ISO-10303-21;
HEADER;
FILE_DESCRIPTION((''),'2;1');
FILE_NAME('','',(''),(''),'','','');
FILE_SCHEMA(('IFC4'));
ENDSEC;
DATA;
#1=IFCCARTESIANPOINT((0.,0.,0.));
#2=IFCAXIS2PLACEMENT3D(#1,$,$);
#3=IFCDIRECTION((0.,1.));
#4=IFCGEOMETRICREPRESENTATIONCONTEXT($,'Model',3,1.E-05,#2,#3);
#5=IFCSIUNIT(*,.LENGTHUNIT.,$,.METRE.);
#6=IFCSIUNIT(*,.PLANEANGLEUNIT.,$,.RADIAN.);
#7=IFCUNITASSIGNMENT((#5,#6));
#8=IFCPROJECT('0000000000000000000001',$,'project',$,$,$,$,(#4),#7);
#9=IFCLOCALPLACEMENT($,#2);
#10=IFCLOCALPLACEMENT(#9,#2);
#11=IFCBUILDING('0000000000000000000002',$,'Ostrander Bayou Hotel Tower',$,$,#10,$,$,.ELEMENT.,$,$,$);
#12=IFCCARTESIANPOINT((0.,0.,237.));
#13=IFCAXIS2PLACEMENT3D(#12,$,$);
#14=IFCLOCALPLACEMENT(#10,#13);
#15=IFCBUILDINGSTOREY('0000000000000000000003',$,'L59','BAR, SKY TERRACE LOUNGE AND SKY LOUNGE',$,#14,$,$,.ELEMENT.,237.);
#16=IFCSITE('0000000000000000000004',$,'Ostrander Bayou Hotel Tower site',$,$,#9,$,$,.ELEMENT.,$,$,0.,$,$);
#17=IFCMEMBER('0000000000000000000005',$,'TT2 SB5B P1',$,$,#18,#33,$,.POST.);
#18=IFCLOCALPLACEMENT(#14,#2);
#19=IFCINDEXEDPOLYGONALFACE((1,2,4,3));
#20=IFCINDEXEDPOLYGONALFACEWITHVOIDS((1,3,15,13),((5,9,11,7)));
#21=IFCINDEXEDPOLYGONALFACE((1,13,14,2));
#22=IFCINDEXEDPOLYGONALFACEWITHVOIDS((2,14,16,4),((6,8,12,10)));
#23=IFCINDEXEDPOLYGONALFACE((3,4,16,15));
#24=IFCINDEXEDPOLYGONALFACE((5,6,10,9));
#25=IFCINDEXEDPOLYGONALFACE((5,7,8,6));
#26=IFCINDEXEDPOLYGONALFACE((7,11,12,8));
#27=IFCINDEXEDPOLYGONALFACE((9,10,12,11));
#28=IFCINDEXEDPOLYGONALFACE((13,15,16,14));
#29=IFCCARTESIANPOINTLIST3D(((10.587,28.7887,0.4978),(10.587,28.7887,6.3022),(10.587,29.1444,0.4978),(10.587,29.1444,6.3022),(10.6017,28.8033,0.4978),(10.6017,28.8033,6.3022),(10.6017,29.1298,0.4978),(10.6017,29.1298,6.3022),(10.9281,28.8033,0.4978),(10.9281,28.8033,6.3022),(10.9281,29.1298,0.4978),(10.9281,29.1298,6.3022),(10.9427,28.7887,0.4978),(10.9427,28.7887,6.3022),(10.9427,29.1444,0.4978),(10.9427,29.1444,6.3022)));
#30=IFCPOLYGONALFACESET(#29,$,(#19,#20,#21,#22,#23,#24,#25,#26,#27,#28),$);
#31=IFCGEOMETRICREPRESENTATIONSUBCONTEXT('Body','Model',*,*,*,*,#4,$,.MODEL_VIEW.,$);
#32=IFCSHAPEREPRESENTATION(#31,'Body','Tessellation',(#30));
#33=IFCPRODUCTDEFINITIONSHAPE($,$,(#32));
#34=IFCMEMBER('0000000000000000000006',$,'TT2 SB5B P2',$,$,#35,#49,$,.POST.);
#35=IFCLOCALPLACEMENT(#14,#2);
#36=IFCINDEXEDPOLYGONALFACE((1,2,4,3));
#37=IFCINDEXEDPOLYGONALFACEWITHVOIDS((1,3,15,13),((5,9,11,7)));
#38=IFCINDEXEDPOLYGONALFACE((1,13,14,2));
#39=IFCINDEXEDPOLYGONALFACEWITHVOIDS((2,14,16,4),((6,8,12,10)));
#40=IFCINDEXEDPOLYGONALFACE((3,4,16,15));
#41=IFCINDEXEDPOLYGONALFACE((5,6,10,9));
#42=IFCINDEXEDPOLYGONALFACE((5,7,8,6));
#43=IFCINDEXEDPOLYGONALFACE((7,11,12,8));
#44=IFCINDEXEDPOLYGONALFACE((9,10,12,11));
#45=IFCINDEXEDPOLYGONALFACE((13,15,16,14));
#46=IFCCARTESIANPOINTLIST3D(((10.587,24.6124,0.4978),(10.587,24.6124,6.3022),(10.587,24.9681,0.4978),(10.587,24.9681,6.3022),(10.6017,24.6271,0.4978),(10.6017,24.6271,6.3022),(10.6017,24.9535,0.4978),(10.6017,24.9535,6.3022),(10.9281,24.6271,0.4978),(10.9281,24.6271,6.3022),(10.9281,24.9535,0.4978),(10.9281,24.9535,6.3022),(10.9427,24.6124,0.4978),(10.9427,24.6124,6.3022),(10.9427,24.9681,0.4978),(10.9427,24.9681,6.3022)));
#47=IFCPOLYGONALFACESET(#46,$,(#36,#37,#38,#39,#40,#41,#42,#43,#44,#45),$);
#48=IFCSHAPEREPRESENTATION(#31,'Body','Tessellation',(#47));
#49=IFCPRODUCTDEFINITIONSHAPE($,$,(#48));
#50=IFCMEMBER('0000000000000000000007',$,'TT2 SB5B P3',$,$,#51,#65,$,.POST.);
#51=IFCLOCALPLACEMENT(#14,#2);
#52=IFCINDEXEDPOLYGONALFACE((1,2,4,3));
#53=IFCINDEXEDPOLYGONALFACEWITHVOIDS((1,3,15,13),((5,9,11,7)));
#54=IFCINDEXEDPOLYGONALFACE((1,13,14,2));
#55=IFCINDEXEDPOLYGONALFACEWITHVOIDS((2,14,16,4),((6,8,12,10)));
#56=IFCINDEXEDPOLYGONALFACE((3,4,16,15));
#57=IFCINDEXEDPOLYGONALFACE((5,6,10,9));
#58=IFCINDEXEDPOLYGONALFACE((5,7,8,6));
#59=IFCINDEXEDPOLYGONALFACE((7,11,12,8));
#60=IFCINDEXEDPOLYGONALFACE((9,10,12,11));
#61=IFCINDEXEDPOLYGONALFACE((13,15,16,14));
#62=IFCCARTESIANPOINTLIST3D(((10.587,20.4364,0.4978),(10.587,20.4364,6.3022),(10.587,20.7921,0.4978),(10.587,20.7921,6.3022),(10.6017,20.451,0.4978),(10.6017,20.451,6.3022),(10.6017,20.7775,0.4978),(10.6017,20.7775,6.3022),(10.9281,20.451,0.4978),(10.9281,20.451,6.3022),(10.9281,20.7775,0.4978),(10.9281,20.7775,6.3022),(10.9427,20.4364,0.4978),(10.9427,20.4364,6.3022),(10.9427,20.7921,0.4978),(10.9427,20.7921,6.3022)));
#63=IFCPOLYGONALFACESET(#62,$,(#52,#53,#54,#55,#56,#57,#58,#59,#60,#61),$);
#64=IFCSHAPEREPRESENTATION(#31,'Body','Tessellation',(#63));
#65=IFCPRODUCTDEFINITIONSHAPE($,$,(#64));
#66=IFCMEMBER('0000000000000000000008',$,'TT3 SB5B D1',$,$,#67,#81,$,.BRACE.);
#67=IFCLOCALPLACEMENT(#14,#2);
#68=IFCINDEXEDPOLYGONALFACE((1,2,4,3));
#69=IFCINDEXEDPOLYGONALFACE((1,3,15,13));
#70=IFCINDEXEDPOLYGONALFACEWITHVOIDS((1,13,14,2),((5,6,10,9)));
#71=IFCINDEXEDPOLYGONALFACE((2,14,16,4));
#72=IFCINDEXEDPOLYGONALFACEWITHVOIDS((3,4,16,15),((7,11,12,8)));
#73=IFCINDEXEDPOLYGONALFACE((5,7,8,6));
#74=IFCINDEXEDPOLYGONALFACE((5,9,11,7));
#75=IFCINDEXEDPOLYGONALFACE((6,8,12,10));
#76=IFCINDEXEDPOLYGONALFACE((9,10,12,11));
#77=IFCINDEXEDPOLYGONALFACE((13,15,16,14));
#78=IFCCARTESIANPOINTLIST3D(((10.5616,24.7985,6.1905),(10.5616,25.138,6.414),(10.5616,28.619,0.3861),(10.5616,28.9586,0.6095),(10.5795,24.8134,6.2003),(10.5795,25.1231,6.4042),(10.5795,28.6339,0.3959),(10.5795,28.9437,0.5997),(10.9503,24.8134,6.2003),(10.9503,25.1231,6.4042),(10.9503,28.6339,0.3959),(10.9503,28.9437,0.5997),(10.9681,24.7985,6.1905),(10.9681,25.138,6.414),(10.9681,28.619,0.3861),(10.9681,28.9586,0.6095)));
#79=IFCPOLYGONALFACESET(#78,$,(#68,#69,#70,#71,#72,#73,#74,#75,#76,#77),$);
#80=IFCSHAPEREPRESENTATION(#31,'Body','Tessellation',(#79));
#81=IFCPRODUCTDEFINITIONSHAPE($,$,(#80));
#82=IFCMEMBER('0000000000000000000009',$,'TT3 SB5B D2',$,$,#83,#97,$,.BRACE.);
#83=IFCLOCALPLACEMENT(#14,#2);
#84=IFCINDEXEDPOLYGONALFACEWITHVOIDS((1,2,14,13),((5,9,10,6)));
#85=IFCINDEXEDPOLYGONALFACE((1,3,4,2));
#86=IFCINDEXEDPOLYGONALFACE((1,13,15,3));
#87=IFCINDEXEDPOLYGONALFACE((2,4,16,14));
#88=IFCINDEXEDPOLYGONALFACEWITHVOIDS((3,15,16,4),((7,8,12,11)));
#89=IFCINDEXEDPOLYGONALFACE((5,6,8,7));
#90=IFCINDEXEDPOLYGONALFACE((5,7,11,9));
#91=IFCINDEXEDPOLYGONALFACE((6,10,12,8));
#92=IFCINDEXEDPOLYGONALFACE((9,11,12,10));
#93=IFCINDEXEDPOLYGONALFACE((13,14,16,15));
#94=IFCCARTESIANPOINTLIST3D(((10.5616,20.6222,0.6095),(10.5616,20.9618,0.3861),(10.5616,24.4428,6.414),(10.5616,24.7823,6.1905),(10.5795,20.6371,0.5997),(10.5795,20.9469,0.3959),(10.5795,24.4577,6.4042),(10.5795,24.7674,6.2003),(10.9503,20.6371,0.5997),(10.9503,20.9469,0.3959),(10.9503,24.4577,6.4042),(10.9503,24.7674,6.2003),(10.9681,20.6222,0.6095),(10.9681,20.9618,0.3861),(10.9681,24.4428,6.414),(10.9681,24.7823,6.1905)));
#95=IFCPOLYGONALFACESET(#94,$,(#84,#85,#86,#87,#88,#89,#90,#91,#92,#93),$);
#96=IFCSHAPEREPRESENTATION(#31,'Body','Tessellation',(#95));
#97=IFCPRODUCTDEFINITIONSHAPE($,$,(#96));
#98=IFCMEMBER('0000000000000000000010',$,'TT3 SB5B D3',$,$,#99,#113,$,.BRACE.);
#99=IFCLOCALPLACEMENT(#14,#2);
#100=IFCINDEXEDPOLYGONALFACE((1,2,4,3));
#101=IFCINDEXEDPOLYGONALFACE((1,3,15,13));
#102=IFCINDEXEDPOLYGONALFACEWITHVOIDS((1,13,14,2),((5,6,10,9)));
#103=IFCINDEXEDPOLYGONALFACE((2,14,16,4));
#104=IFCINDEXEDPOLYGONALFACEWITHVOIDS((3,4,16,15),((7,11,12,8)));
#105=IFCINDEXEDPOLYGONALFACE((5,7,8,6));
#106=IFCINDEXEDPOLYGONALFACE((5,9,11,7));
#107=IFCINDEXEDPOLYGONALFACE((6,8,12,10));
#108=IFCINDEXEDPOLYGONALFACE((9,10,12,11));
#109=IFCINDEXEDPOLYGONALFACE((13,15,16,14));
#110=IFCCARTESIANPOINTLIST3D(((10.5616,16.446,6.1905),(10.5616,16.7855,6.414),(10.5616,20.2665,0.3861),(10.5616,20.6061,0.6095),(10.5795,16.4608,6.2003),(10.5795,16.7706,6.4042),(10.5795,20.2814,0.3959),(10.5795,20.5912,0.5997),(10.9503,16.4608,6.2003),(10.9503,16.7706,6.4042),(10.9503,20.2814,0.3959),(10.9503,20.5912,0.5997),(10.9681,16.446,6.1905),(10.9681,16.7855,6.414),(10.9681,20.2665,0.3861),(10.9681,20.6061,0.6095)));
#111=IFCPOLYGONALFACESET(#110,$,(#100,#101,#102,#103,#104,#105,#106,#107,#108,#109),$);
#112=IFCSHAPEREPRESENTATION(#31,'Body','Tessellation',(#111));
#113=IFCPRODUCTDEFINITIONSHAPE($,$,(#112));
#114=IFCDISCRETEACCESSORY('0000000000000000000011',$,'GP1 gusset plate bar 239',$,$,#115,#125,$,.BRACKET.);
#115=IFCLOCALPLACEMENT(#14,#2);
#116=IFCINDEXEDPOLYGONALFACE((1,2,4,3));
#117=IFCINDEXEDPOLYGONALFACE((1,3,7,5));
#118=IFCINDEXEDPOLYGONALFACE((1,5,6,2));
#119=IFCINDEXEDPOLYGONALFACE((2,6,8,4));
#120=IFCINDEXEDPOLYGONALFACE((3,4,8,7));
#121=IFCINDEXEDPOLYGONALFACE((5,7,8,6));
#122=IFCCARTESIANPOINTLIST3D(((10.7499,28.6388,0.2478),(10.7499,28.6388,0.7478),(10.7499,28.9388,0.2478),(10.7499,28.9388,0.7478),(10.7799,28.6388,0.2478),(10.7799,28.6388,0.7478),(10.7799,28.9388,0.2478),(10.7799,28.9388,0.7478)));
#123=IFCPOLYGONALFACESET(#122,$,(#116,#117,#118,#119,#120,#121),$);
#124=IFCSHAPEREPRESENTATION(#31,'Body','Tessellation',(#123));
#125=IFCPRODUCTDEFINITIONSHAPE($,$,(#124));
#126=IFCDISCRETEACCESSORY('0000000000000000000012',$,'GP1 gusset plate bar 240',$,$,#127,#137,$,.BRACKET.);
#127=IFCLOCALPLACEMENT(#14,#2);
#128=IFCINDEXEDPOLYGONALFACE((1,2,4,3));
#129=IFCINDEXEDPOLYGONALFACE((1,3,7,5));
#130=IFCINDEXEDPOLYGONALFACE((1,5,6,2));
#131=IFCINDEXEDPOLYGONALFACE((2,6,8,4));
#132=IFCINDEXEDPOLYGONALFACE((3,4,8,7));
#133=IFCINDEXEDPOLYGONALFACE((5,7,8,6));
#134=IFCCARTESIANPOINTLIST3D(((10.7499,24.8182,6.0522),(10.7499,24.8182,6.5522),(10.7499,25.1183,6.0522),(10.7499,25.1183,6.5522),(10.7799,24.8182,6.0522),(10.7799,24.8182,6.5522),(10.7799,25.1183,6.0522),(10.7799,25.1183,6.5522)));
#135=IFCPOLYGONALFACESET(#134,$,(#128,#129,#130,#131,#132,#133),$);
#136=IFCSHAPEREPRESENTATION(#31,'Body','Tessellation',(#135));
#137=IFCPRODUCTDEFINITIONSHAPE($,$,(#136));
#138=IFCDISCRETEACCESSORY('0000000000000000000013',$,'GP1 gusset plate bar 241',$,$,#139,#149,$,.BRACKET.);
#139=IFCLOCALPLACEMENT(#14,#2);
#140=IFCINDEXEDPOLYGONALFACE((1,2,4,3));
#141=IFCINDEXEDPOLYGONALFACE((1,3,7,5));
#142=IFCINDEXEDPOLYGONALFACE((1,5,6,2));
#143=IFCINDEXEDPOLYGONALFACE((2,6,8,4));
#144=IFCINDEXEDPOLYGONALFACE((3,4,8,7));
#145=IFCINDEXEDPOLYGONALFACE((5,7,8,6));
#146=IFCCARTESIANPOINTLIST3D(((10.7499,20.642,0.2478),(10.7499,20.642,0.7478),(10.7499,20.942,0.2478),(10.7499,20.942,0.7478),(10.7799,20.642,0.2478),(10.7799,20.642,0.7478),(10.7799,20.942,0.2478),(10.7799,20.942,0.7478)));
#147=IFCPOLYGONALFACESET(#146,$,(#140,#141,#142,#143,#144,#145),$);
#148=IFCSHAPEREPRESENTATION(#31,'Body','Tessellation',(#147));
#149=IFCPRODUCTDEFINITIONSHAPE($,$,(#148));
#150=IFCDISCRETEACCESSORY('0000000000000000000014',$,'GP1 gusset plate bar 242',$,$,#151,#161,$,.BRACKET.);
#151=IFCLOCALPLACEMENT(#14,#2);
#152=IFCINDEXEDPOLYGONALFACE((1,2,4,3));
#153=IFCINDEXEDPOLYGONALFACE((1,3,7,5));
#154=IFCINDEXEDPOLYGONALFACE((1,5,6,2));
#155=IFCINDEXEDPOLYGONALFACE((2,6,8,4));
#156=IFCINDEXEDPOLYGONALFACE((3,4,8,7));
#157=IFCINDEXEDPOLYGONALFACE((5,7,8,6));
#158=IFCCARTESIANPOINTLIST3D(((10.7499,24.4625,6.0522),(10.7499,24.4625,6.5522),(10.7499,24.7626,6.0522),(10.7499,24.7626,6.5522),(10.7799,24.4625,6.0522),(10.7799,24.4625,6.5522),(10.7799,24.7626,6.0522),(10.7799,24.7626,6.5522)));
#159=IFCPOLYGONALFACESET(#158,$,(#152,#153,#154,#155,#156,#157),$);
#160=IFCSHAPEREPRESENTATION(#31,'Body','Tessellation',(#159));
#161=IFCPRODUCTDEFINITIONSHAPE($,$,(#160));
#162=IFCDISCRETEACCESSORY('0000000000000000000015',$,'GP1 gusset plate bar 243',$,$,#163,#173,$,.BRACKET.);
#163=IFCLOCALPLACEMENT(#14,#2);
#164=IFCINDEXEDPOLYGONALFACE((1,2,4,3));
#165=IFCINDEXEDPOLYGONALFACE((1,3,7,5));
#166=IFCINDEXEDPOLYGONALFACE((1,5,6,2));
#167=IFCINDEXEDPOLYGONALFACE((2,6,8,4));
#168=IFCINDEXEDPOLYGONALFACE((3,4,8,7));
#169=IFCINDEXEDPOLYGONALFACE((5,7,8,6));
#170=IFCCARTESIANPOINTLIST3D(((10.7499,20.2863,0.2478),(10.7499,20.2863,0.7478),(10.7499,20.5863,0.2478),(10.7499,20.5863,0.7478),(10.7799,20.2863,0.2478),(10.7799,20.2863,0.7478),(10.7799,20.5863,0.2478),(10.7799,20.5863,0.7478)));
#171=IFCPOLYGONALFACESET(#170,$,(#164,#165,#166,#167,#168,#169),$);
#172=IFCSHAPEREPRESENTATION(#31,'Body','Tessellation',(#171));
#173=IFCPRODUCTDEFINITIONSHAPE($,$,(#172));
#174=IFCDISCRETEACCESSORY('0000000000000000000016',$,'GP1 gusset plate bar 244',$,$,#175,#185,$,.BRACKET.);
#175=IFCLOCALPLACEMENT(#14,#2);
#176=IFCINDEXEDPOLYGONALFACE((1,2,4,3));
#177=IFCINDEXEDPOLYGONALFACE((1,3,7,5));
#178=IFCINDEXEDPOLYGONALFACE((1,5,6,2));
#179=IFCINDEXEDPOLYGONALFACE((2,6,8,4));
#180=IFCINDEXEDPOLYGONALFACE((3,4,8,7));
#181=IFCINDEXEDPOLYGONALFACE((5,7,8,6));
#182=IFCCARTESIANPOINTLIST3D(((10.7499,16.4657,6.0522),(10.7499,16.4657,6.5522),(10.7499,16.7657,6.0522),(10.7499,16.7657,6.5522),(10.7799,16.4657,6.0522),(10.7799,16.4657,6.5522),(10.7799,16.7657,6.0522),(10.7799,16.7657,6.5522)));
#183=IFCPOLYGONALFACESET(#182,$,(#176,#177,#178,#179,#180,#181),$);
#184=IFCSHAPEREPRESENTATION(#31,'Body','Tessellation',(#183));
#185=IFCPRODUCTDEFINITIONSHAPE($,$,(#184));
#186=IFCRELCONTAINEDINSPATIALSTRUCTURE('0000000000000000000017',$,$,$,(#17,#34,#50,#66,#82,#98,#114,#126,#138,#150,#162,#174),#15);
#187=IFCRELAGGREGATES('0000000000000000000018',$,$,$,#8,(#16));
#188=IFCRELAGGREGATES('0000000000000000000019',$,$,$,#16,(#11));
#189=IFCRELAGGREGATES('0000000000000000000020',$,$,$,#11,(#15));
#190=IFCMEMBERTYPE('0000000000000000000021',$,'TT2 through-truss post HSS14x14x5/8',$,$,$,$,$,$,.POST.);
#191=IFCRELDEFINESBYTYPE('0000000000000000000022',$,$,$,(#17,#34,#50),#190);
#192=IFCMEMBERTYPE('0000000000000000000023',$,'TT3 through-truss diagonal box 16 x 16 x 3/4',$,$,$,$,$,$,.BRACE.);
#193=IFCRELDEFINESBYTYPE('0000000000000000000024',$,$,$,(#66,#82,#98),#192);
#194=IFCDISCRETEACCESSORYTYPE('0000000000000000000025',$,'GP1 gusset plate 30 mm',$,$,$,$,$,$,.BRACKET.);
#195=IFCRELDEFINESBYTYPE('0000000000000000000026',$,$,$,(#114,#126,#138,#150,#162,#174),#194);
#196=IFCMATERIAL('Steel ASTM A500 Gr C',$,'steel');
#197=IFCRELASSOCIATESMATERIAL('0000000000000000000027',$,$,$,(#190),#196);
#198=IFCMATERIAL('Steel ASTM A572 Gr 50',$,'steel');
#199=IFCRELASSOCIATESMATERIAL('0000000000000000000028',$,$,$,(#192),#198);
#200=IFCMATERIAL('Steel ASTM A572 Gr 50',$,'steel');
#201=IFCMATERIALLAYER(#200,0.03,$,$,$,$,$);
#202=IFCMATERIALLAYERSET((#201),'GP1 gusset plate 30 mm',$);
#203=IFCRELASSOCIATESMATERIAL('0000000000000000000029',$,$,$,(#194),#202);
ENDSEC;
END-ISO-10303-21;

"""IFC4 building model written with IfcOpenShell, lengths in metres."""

from ifc_helpers import new_model, si_unit, direction, frame, origin, origin_2d, place, context, subcontext, project, spatial, rectangle, hollow_rectangle, extrude, material, layer, layer_set, material_profile, profile_set, type_object, element, save


model = new_model("IFC4")

# Units and contexts
model_context = context("Model", 3, precision=1e-05, world=origin(), true_north=direction((0.0, 1.0)))
body_context = subcontext(model_context, "Body", "Model", "MODEL_VIEW")
ifc_project = project(units=[si_unit("LENGTHUNIT", "METRE"), si_unit("PLANEANGLEUNIT", "RADIAN")], contexts=[model_context])

# Site, building, storey
site_placement = place(None, origin())
site = spatial("IfcSite", under=ifc_project, at=site_placement, Name="Ostrander Bayou Hotel Tower site", CompositionType="ELEMENT", RefElevation=0.0)
building_placement = place(site_placement, origin())
building = spatial("IfcBuilding", under=site, at=building_placement, Name="Ostrander Bayou Hotel Tower", CompositionType="ELEMENT")
storey_placement = place(building_placement, frame((0.0, 0.0, 237.0)))
storey = spatial("IfcBuildingStorey", under=building, at=storey_placement, Name="L59", Description="BAR, SKY TERRACE LOUNGE AND SKY LOUNGE", CompositionType="ELEMENT", Elevation=237.0)

# Members
ifc_material_1 = material(Name="Steel ASTM A500 Gr C", Category="steel")
ifc_material_profile_1 = material_profile(ifc_material_1, hollow_rectangle(XDim=0.3557, YDim=0.3557, WallThickness=0.0146, at=origin_2d()))
ifc_profile_set_1 = profile_set([ifc_material_profile_1], Name="Steel ASTM A500 Gr C")
member_type_1 = type_object("IfcMemberType", Name="TT2 through-truss post HSS14x14x5/8", PredefinedType="POST", material=ifc_profile_set_1)
for number, where, z_axis, x_axis, name in (
    (1, (10.7649, 28.9666, 0.4978), (0.0, 0.0, 1.0), (1.0, 0.0, 0.0), "TT2 SB5B P1"),
    (2, (10.7649, 24.7903, 0.4978), (0.0, 0.0, 1.0), (1.0, 0.0, 0.0), "TT2 SB5B P2"),
    (3, (10.7649, 20.6143, 0.4978), (0.0, 0.0, 1.0), (1.0, 0.0, 0.0), "TT2 SB5B P3"),
):
    element("IfcMember", number, at=place(storey_placement, frame(where, z_axis=z_axis, x_axis=x_axis)), inside=storey, type_object=member_type_1, Name=name, PredefinedType="POST", context=body_context, shape_type="SweptSolid", body=[
        extrude(hollow_rectangle(XDim=0.3557, YDim=0.3557, WallThickness=0.0146, at=origin_2d()), origin(), (0.0, 0.0, 1.0), 5.8044),
    ])
ifc_material_2 = material(Name="Steel ASTM A572 Gr 50", Category="steel")
ifc_material_profile_2 = material_profile(ifc_material_2, hollow_rectangle(XDim=0.4065, YDim=0.4065, WallThickness=0.0178, at=origin_2d()))
ifc_profile_set_2 = profile_set([ifc_material_profile_2], Name="Steel ASTM A572 Gr 50")
member_type_2 = type_object("IfcMemberType", Name="TT3 through-truss diagonal box 16 x 16 x 3/4", PredefinedType="BRACE", material=ifc_profile_set_2)
for number, where, z_axis, x_axis, name in (
    (4, (10.7649, 28.7888, 0.4978), (0.0, -0.549802, 0.835295), (1.0, 0.0, 0.0), "TT3 SB5B D1"),
    (5, (10.7649, 20.792, 0.4978), (0.0, 0.549802, 0.835295), (-1.0, 0.0, 0.0), "TT3 SB5B D2"),
    (6, (10.7649, 20.4363, 0.4978), (0.0, -0.549802, 0.835295), (1.0, 0.0, 0.0), "TT3 SB5B D3"),
):
    element("IfcMember", number, at=place(storey_placement, frame(where, z_axis=z_axis, x_axis=x_axis)), inside=storey, type_object=member_type_2, Name=name, PredefinedType="BRACE", context=body_context, shape_type="SweptSolid", body=[
        extrude(hollow_rectangle(XDim=0.4065, YDim=0.4065, WallThickness=0.0178, at=origin_2d()), origin(), (0.0, 0.0, 1.0), 6.949),
    ])

# Discrete accessories
ifc_material_3 = material(Name="Steel ASTM A572 Gr 50", Category="steel")
ifc_layer = layer(ifc_material_3, 0.03)
ifc_layer_set = layer_set([ifc_layer], Name="GP1 gusset plate 30 mm")
discrete_accessory_type = type_object("IfcDiscreteAccessoryType", Name="GP1 gusset plate 30 mm", PredefinedType="BRACKET", material=ifc_layer_set)
for number, where, z_axis, x_axis, name in (
    (7, (10.7649, 28.7888, 0.2478), (0.0, 0.0, 1.0), (0.0, -1.0, 0.0), "GP1 gusset plate bar 239"),
    (8, (10.7649, 24.9683, 6.0522), (0.0, 0.0, 1.0), (0.0, -1.0, 0.0), "GP1 gusset plate bar 240"),
    (9, (10.7649, 20.792, 0.2478), (0.0, 0.0, 1.0), (0.0, 1.0, 0.0), "GP1 gusset plate bar 241"),
    (10, (10.7649, 24.6125, 6.0522), (0.0, 0.0, 1.0), (0.0, 1.0, 0.0), "GP1 gusset plate bar 242"),
    (11, (10.7649, 20.4363, 0.2478), (0.0, 0.0, 1.0), (0.0, -1.0, 0.0), "GP1 gusset plate bar 243"),
    (12, (10.7649, 16.6157, 6.0522), (0.0, 0.0, 1.0), (0.0, -1.0, 0.0), "GP1 gusset plate bar 244"),
):
    element("IfcDiscreteAccessory", number, at=place(storey_placement, frame(where, z_axis=z_axis, x_axis=x_axis)), inside=storey, type_object=discrete_accessory_type, Name=name, PredefinedType="BRACKET", context=body_context, shape_type="SweptSolid", body=[
        extrude(rectangle(XDim=0.3, YDim=0.03, at=origin_2d()), origin(), (0.0, 0.0, 1.0), 0.5),
    ])

save(model, "model.ifc")
